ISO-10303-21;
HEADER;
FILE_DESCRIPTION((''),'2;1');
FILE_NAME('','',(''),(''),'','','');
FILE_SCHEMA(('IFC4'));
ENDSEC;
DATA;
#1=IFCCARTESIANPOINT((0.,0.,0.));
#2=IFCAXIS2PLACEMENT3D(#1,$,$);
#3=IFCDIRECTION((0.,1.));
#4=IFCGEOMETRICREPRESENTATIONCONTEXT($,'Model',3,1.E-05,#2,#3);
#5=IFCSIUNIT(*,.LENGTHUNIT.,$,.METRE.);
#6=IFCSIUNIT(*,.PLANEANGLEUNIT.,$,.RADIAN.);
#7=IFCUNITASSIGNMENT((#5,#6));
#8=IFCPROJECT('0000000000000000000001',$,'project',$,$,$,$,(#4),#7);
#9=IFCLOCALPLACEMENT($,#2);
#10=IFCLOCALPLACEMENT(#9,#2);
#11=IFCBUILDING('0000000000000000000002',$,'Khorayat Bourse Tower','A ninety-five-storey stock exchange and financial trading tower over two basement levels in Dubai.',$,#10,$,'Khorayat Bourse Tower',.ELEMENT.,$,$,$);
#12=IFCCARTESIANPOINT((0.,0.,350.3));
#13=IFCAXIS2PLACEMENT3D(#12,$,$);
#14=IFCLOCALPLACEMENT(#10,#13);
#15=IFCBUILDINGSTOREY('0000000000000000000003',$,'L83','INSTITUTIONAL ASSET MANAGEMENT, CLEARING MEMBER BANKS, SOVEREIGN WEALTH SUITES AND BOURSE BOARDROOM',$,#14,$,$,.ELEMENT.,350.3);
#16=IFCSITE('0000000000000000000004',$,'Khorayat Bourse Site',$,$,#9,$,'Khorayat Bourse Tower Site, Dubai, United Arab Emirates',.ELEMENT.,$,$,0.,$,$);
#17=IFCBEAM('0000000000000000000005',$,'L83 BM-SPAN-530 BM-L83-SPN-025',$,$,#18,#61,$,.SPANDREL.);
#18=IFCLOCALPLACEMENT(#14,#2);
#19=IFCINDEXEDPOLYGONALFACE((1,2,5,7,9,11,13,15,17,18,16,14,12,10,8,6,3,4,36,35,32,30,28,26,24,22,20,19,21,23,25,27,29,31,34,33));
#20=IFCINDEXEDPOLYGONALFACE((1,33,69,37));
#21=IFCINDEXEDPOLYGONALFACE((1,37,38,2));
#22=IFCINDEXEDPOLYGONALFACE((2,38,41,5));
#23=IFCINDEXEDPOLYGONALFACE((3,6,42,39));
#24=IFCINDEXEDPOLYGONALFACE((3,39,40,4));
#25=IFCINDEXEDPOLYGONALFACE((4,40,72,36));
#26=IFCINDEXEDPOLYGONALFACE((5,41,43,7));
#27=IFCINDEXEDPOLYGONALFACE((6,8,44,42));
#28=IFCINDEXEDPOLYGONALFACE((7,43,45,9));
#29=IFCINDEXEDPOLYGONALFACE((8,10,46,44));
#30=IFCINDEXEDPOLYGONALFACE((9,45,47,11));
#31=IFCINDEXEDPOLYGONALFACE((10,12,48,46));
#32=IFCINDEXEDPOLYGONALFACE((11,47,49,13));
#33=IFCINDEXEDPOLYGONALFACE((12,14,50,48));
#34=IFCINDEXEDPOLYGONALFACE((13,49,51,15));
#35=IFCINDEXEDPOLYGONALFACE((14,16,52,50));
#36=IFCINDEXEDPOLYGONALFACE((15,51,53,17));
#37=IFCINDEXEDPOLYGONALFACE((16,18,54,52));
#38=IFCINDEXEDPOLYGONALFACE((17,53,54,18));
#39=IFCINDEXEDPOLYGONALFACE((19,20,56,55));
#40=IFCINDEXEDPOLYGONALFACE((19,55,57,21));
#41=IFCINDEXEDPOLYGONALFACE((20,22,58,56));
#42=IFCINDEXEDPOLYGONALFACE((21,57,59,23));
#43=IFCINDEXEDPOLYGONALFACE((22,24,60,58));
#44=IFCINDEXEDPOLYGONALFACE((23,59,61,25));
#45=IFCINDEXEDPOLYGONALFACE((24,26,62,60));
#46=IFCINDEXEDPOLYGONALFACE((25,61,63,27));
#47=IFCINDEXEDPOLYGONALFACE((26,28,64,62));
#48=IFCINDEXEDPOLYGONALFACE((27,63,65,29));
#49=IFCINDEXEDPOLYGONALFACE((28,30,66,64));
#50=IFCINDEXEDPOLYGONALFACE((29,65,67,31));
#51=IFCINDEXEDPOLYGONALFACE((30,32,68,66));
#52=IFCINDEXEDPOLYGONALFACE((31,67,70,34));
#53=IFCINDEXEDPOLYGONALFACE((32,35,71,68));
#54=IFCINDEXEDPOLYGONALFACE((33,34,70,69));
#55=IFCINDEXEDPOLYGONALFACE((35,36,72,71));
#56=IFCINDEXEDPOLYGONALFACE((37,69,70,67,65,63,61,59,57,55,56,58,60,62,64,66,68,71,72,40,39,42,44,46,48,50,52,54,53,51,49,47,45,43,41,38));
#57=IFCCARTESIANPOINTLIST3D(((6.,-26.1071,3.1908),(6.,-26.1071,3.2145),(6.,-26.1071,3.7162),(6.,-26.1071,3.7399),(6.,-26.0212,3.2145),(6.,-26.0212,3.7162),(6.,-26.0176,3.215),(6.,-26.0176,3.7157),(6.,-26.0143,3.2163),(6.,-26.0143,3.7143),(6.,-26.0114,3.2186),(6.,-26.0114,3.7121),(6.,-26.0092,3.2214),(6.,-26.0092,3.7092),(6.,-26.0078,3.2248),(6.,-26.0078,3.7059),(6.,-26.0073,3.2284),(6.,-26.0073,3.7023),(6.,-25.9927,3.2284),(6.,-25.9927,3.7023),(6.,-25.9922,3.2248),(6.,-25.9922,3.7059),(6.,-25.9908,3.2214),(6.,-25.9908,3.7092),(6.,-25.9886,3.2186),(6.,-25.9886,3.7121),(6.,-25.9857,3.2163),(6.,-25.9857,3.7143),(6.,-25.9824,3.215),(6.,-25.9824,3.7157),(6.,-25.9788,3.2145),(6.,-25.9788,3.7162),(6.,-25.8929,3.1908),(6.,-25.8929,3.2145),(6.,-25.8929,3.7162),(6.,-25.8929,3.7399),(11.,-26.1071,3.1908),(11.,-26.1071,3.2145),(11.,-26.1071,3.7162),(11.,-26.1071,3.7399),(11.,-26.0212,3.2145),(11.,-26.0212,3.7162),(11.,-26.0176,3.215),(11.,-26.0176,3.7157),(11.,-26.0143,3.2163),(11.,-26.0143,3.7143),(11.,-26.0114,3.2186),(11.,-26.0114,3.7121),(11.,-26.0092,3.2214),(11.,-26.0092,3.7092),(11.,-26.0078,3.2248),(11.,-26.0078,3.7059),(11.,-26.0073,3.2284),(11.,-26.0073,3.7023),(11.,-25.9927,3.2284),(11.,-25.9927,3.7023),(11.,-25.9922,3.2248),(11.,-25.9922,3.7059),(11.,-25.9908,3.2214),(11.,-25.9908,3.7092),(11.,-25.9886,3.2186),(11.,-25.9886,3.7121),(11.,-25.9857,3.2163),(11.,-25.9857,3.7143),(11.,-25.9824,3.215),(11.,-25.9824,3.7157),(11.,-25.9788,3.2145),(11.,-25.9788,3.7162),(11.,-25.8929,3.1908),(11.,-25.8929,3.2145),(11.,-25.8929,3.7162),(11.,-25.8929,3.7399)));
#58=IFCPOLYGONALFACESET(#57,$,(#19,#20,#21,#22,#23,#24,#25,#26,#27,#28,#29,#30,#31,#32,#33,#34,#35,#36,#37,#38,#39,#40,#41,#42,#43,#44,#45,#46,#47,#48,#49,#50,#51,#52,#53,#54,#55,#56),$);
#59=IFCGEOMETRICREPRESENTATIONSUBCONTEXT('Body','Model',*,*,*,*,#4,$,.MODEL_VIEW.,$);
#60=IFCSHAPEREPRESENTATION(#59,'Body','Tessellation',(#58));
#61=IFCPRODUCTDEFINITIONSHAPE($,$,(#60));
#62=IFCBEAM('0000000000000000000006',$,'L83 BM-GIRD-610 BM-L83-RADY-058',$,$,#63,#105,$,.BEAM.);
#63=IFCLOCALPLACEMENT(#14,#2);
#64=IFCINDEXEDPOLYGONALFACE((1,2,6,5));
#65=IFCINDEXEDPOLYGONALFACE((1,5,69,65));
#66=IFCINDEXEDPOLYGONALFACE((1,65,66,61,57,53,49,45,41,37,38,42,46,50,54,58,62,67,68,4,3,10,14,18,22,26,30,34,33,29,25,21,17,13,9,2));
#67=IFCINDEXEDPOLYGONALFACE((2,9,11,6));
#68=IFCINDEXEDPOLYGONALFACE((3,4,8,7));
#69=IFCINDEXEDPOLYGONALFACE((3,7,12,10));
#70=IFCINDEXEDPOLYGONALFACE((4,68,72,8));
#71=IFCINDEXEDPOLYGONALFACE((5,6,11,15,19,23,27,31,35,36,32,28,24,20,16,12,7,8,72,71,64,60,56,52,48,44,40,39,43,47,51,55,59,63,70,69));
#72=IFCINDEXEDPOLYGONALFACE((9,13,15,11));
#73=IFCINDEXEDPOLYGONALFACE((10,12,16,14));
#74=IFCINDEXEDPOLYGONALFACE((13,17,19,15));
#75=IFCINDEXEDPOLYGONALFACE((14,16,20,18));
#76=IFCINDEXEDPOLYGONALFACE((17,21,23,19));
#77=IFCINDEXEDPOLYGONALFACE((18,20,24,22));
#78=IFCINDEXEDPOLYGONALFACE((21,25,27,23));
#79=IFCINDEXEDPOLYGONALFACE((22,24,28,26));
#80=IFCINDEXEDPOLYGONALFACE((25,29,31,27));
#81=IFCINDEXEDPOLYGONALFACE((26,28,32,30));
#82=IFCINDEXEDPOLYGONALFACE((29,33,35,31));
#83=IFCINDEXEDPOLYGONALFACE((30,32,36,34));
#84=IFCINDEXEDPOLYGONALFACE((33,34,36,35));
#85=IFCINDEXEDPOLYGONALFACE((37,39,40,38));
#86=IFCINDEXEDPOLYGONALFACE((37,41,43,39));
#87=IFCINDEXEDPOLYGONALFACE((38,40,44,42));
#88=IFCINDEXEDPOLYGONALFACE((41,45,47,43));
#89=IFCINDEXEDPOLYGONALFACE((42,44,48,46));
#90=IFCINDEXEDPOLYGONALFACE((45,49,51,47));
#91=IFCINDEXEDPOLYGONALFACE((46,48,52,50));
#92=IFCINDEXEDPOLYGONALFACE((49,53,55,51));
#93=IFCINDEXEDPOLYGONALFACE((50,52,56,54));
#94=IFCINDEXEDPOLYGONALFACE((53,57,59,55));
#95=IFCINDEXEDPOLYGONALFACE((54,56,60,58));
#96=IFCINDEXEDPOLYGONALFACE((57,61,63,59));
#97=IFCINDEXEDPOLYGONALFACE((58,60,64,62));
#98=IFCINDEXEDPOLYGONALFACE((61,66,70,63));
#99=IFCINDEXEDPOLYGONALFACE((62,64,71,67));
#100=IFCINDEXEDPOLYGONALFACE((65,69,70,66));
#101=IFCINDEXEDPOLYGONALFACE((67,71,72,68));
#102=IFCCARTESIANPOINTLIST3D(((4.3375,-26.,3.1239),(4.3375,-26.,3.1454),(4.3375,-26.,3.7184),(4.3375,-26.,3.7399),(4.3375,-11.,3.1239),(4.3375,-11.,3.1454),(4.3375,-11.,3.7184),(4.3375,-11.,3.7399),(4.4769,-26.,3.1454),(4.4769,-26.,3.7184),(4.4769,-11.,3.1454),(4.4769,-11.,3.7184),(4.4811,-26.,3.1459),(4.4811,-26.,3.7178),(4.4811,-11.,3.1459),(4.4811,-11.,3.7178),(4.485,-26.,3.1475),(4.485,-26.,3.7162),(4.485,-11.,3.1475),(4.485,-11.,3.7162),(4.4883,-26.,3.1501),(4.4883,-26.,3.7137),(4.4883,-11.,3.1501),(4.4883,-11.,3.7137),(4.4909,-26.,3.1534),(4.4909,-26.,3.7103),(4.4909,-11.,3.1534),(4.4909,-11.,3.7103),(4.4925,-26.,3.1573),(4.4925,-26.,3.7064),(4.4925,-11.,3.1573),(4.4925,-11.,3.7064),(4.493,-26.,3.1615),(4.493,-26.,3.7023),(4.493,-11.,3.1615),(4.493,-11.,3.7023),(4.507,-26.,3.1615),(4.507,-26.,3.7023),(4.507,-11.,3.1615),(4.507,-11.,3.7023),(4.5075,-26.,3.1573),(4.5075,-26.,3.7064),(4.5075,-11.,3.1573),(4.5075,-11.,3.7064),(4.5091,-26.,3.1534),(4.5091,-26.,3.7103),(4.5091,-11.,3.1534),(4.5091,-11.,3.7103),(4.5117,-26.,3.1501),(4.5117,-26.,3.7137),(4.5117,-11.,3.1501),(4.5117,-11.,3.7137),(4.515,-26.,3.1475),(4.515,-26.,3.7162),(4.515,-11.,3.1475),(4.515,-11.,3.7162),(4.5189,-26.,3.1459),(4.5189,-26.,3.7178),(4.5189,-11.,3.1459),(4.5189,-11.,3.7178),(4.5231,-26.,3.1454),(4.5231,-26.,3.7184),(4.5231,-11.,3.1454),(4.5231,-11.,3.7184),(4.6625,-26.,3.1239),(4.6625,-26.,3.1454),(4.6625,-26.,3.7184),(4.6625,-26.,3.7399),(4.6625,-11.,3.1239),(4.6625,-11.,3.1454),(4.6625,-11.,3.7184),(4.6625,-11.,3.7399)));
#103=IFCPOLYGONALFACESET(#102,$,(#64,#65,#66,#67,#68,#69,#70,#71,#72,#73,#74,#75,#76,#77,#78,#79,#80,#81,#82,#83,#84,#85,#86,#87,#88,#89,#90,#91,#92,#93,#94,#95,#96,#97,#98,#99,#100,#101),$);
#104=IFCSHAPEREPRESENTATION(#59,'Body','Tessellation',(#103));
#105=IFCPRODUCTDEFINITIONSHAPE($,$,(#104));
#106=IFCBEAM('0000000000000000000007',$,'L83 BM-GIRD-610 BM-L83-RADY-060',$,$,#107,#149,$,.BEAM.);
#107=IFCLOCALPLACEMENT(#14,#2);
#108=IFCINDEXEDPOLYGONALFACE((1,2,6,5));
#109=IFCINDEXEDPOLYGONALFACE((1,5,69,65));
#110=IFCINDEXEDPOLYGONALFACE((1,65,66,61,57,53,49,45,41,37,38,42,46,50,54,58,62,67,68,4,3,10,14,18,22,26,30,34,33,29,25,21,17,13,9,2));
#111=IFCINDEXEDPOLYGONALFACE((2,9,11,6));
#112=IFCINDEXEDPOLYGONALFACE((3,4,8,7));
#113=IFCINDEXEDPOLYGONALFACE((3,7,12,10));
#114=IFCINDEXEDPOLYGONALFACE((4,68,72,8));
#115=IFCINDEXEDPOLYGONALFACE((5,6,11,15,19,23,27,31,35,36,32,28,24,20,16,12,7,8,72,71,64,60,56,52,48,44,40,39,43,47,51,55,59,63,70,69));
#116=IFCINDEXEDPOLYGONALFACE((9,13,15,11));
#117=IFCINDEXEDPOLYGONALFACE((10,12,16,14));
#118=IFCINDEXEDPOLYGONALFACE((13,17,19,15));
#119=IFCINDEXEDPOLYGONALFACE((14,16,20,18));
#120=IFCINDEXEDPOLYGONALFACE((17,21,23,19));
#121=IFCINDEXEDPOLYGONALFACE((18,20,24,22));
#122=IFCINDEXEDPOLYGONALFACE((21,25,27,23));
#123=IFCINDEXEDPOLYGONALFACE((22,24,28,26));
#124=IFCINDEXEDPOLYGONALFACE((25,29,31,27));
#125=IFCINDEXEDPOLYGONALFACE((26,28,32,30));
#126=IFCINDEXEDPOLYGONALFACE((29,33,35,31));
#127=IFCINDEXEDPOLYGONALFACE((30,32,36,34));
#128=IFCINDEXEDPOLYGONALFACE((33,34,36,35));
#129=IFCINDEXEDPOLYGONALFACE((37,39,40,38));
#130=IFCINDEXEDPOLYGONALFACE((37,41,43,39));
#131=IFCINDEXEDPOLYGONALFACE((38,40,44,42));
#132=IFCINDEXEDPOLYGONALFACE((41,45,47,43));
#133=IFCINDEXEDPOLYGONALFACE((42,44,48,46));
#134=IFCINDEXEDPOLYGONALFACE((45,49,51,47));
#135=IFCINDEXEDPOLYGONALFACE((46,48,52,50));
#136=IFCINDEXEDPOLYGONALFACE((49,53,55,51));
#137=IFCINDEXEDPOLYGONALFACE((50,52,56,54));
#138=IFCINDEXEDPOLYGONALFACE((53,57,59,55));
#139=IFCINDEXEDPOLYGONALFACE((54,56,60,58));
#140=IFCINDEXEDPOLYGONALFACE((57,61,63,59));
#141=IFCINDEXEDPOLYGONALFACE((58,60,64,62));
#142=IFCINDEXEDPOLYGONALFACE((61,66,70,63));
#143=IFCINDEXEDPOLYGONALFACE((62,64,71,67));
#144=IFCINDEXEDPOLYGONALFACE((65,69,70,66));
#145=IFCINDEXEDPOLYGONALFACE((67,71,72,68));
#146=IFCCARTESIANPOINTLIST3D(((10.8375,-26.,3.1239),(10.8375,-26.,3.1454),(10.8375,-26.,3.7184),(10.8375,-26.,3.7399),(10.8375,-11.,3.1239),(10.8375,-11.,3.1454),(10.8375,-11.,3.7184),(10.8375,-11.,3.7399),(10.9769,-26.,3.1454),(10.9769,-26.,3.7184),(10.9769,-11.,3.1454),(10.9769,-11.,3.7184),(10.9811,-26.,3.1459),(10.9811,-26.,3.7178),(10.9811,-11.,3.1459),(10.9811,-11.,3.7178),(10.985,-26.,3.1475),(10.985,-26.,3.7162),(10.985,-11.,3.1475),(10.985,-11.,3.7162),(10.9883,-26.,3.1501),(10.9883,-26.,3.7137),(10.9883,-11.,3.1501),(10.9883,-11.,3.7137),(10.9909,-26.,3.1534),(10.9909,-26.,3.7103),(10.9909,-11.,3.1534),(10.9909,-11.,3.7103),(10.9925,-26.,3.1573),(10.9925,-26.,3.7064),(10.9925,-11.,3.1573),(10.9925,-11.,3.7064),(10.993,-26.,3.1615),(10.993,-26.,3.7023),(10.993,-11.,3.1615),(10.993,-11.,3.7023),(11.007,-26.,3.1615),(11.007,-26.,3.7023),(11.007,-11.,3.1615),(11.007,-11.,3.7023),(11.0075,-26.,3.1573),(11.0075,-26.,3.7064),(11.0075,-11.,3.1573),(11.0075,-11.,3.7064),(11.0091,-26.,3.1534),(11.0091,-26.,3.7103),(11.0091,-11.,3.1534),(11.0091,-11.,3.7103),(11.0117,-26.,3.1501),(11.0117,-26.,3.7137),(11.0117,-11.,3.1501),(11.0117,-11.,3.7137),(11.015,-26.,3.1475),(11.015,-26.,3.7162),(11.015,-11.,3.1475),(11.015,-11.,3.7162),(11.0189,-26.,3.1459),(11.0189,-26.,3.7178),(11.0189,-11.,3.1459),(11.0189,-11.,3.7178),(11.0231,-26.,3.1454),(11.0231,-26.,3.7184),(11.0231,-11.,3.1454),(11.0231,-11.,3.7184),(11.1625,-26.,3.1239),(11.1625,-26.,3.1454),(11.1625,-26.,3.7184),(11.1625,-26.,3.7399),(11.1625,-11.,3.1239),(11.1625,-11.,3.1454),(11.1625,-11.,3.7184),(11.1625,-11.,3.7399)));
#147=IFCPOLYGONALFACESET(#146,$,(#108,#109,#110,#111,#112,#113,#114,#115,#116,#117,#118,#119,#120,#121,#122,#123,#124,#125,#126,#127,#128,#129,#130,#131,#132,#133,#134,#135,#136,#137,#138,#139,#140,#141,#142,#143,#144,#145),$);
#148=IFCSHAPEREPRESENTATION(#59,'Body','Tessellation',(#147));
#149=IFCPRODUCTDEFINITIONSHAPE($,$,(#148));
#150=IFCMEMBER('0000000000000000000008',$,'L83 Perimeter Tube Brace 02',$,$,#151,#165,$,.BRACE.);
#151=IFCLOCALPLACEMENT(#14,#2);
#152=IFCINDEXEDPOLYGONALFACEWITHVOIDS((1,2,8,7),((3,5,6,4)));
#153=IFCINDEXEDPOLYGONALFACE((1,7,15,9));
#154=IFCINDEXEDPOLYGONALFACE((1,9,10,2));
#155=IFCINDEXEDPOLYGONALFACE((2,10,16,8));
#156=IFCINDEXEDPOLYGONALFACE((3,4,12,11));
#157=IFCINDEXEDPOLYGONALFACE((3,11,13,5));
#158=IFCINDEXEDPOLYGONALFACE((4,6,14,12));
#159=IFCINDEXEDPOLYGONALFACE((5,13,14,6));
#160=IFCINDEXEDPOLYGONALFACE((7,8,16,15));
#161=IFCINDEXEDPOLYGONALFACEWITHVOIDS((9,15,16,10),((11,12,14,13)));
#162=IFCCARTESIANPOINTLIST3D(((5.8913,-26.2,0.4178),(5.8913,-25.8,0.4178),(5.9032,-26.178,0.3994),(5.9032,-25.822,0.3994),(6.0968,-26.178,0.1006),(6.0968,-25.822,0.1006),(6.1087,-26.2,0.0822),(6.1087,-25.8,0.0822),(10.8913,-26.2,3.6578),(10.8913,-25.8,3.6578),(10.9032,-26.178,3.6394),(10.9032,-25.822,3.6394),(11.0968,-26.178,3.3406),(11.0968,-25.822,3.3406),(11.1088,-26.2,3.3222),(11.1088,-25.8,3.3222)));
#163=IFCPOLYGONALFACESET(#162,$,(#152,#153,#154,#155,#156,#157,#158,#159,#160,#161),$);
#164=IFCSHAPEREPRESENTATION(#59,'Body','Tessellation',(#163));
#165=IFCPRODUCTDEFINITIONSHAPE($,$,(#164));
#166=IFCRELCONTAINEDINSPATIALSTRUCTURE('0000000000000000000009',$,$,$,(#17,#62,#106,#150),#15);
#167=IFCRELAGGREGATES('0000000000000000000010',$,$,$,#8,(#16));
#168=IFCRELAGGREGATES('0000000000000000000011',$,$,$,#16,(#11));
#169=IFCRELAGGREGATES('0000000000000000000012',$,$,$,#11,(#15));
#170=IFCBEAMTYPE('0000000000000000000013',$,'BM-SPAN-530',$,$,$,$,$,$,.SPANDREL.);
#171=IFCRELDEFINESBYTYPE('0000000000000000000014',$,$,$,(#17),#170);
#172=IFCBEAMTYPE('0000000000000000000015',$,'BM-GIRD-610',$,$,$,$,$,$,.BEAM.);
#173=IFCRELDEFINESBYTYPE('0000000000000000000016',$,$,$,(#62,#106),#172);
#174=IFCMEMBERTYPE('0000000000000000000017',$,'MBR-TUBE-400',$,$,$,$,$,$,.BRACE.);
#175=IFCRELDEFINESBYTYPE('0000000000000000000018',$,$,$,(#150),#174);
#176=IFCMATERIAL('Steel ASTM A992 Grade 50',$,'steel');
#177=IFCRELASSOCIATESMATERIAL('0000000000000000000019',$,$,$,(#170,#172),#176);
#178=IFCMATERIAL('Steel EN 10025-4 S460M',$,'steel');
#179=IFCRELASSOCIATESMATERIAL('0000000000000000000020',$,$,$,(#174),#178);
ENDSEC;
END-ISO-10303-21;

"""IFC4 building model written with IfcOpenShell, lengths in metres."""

from ifc_helpers import new_model, si_unit, direction, frame, origin, origin_2d, place, context, subcontext, project, spatial, hollow_rectangle, i_section, extrude, source, transform, mapped, material, material_profile, profile_set, type_object, element, save


model = new_model("IFC4")

# Units and contexts
model_context = context("Model", 3, precision=1e-05, world=origin(), true_north=direction((0.0, 1.0)))
body_context = subcontext(model_context, "Body", "Model", "MODEL_VIEW")
ifc_project = project(units=[si_unit("LENGTHUNIT", "METRE"), si_unit("PLANEANGLEUNIT", "RADIAN")], contexts=[model_context])

# Site, building, storey
site_placement = place(None, origin())
site = spatial("IfcSite", under=ifc_project, at=site_placement, Name="Khorayat Bourse Site", LongName="Khorayat Bourse Tower Site, Dubai, United Arab Emirates", CompositionType="ELEMENT", RefElevation=0.0)
building_placement = place(site_placement, origin())
building = spatial("IfcBuilding", under=site, at=building_placement, Name="Khorayat Bourse Tower", Description="A ninety-five-storey stock exchange and financial trading tower over two basement levels in Dubai.", LongName="Khorayat Bourse Tower", CompositionType="ELEMENT")
storey_placement = place(building_placement, frame((0.0, 0.0, 350.3)))
storey = spatial("IfcBuildingStorey", under=building, at=storey_placement, Name="L83", Description="INSTITUTIONAL ASSET MANAGEMENT, CLEARING MEMBER BANKS, SOVEREIGN WEALTH SUITES AND BOURSE BOARDROOM", CompositionType="ELEMENT", Elevation=350.3)

# Beams
ifc_material_1 = material(Name="Steel ASTM A992 Grade 50", Category="steel")
ifc_material_profile_1 = material_profile(ifc_material_1, i_section(OverallWidth=0.2141, OverallDepth=0.5491, WebThickness=0.0146, FlangeThickness=0.0237, FilletRadius=0.0139, at=origin_2d()), Name="W530X138")
ifc_profile_set_1 = profile_set([ifc_material_profile_1], Name="Steel ASTM A992 Grade 50")
beam_type_1 = type_object("IfcBeamType", Name="BM-SPAN-530", PredefinedType="SPANDREL", material=ifc_profile_set_1)
shared_shape_1 = source(origin(), body_context, "Body", "SweptSolid", [
    extrude(i_section(OverallWidth=0.2141, OverallDepth=0.5491, WebThickness=0.0146, FlangeThickness=0.0237, FilletRadius=0.0139, at=origin_2d()), origin(), (0.0, 0.0, 1.0), 5.0),
])
beam_1_placement = place(storey_placement, frame((6.0, -26.0, 3.4653), z_axis=(1.0, 0.0, 0.0), x_axis=(0.0, 1.0, 0.0)))
element("IfcBeam", 1, at=beam_1_placement, inside=storey, type_object=beam_type_1, Name="L83 BM-SPAN-530 BM-L83-SPN-025", PredefinedType="SPANDREL", context=body_context, shape_type="MappedRepresentation", body=[
    mapped(shared_shape_1, transform((0.0, 0.0, 0.0), scale=1.0)),
])
ifc_material_profile_2 = material_profile(ifc_material_1, i_section(OverallWidth=0.325, OverallDepth=0.616, WebThickness=0.0139, FlangeThickness=0.0215, FilletRadius=0.0161, at=origin_2d()), Name="W610X174")
ifc_profile_set_2 = profile_set([ifc_material_profile_2], Name="Steel ASTM A992 Grade 50")
beam_type_2 = type_object("IfcBeamType", Name="BM-GIRD-610", PredefinedType="BEAM", material=ifc_profile_set_2)
shared_shape_2 = source(origin(), body_context, "Body", "SweptSolid", [
    extrude(i_section(OverallWidth=0.325, OverallDepth=0.616, WebThickness=0.0139, FlangeThickness=0.0215, FilletRadius=0.0161, at=origin_2d()), origin(), (0.0, 0.0, 1.0), 15.0),
])
for number, where, z_axis, x_axis, name in (
    (2, (4.5, -26.0, 3.4319), (0.0, 1.0, 0.0), (-1.0, 0.0, 0.0), "L83 BM-GIRD-610 BM-L83-RADY-058"),
    (3, (11.0, -26.0, 3.4319), (0.0, 1.0, 0.0), (-1.0, 0.0, 0.0), "L83 BM-GIRD-610 BM-L83-RADY-060"),
):
    element("IfcBeam", number, at=place(storey_placement, frame(where, z_axis=z_axis, x_axis=x_axis)), inside=storey, type_object=beam_type_2, Name=name, PredefinedType="BEAM", context=body_context, shape_type="MappedRepresentation", body=[
        mapped(shared_shape_2, transform((0.0, 0.0, 0.0), scale=1.0)),
    ])

# Member
ifc_material_2 = material(Name="Steel EN 10025-4 S460M", Category="steel")
ifc_material_profile_3 = material_profile(ifc_material_2, hollow_rectangle(XDim=0.3999, YDim=0.3999, WallThickness=0.022, at=origin_2d()), Name="HSS 400x400x22")
ifc_profile_set_3 = profile_set([ifc_material_profile_3], Name="Steel EN 10025-4 S460M")
member_type_1 = type_object("IfcMemberType", Name="MBR-TUBE-400", PredefinedType="BRACE", material=ifc_profile_set_3)
shared_shape_3 = source(origin(), body_context, "Body", "SweptSolid", [
    extrude(hollow_rectangle(XDim=0.3999, YDim=0.3999, WallThickness=0.022, at=origin_2d()), origin(), (0.0, 0.0, 1.0), 5.958),
])
member_1_placement = place(storey_placement, frame((6.0, -26.0, 0.25), z_axis=(0.83921, 0.0, 0.543807), x_axis=(0.0, 1.0, 0.0)))
element("IfcMember", 4, at=member_1_placement, inside=storey, type_object=member_type_1, Name="L83 Perimeter Tube Brace 02", PredefinedType="BRACE", context=body_context, shape_type="MappedRepresentation", body=[
    mapped(shared_shape_3, transform((0.0, 0.0, 0.0), scale=1.0)),
])

save(model, "model.ifc")
